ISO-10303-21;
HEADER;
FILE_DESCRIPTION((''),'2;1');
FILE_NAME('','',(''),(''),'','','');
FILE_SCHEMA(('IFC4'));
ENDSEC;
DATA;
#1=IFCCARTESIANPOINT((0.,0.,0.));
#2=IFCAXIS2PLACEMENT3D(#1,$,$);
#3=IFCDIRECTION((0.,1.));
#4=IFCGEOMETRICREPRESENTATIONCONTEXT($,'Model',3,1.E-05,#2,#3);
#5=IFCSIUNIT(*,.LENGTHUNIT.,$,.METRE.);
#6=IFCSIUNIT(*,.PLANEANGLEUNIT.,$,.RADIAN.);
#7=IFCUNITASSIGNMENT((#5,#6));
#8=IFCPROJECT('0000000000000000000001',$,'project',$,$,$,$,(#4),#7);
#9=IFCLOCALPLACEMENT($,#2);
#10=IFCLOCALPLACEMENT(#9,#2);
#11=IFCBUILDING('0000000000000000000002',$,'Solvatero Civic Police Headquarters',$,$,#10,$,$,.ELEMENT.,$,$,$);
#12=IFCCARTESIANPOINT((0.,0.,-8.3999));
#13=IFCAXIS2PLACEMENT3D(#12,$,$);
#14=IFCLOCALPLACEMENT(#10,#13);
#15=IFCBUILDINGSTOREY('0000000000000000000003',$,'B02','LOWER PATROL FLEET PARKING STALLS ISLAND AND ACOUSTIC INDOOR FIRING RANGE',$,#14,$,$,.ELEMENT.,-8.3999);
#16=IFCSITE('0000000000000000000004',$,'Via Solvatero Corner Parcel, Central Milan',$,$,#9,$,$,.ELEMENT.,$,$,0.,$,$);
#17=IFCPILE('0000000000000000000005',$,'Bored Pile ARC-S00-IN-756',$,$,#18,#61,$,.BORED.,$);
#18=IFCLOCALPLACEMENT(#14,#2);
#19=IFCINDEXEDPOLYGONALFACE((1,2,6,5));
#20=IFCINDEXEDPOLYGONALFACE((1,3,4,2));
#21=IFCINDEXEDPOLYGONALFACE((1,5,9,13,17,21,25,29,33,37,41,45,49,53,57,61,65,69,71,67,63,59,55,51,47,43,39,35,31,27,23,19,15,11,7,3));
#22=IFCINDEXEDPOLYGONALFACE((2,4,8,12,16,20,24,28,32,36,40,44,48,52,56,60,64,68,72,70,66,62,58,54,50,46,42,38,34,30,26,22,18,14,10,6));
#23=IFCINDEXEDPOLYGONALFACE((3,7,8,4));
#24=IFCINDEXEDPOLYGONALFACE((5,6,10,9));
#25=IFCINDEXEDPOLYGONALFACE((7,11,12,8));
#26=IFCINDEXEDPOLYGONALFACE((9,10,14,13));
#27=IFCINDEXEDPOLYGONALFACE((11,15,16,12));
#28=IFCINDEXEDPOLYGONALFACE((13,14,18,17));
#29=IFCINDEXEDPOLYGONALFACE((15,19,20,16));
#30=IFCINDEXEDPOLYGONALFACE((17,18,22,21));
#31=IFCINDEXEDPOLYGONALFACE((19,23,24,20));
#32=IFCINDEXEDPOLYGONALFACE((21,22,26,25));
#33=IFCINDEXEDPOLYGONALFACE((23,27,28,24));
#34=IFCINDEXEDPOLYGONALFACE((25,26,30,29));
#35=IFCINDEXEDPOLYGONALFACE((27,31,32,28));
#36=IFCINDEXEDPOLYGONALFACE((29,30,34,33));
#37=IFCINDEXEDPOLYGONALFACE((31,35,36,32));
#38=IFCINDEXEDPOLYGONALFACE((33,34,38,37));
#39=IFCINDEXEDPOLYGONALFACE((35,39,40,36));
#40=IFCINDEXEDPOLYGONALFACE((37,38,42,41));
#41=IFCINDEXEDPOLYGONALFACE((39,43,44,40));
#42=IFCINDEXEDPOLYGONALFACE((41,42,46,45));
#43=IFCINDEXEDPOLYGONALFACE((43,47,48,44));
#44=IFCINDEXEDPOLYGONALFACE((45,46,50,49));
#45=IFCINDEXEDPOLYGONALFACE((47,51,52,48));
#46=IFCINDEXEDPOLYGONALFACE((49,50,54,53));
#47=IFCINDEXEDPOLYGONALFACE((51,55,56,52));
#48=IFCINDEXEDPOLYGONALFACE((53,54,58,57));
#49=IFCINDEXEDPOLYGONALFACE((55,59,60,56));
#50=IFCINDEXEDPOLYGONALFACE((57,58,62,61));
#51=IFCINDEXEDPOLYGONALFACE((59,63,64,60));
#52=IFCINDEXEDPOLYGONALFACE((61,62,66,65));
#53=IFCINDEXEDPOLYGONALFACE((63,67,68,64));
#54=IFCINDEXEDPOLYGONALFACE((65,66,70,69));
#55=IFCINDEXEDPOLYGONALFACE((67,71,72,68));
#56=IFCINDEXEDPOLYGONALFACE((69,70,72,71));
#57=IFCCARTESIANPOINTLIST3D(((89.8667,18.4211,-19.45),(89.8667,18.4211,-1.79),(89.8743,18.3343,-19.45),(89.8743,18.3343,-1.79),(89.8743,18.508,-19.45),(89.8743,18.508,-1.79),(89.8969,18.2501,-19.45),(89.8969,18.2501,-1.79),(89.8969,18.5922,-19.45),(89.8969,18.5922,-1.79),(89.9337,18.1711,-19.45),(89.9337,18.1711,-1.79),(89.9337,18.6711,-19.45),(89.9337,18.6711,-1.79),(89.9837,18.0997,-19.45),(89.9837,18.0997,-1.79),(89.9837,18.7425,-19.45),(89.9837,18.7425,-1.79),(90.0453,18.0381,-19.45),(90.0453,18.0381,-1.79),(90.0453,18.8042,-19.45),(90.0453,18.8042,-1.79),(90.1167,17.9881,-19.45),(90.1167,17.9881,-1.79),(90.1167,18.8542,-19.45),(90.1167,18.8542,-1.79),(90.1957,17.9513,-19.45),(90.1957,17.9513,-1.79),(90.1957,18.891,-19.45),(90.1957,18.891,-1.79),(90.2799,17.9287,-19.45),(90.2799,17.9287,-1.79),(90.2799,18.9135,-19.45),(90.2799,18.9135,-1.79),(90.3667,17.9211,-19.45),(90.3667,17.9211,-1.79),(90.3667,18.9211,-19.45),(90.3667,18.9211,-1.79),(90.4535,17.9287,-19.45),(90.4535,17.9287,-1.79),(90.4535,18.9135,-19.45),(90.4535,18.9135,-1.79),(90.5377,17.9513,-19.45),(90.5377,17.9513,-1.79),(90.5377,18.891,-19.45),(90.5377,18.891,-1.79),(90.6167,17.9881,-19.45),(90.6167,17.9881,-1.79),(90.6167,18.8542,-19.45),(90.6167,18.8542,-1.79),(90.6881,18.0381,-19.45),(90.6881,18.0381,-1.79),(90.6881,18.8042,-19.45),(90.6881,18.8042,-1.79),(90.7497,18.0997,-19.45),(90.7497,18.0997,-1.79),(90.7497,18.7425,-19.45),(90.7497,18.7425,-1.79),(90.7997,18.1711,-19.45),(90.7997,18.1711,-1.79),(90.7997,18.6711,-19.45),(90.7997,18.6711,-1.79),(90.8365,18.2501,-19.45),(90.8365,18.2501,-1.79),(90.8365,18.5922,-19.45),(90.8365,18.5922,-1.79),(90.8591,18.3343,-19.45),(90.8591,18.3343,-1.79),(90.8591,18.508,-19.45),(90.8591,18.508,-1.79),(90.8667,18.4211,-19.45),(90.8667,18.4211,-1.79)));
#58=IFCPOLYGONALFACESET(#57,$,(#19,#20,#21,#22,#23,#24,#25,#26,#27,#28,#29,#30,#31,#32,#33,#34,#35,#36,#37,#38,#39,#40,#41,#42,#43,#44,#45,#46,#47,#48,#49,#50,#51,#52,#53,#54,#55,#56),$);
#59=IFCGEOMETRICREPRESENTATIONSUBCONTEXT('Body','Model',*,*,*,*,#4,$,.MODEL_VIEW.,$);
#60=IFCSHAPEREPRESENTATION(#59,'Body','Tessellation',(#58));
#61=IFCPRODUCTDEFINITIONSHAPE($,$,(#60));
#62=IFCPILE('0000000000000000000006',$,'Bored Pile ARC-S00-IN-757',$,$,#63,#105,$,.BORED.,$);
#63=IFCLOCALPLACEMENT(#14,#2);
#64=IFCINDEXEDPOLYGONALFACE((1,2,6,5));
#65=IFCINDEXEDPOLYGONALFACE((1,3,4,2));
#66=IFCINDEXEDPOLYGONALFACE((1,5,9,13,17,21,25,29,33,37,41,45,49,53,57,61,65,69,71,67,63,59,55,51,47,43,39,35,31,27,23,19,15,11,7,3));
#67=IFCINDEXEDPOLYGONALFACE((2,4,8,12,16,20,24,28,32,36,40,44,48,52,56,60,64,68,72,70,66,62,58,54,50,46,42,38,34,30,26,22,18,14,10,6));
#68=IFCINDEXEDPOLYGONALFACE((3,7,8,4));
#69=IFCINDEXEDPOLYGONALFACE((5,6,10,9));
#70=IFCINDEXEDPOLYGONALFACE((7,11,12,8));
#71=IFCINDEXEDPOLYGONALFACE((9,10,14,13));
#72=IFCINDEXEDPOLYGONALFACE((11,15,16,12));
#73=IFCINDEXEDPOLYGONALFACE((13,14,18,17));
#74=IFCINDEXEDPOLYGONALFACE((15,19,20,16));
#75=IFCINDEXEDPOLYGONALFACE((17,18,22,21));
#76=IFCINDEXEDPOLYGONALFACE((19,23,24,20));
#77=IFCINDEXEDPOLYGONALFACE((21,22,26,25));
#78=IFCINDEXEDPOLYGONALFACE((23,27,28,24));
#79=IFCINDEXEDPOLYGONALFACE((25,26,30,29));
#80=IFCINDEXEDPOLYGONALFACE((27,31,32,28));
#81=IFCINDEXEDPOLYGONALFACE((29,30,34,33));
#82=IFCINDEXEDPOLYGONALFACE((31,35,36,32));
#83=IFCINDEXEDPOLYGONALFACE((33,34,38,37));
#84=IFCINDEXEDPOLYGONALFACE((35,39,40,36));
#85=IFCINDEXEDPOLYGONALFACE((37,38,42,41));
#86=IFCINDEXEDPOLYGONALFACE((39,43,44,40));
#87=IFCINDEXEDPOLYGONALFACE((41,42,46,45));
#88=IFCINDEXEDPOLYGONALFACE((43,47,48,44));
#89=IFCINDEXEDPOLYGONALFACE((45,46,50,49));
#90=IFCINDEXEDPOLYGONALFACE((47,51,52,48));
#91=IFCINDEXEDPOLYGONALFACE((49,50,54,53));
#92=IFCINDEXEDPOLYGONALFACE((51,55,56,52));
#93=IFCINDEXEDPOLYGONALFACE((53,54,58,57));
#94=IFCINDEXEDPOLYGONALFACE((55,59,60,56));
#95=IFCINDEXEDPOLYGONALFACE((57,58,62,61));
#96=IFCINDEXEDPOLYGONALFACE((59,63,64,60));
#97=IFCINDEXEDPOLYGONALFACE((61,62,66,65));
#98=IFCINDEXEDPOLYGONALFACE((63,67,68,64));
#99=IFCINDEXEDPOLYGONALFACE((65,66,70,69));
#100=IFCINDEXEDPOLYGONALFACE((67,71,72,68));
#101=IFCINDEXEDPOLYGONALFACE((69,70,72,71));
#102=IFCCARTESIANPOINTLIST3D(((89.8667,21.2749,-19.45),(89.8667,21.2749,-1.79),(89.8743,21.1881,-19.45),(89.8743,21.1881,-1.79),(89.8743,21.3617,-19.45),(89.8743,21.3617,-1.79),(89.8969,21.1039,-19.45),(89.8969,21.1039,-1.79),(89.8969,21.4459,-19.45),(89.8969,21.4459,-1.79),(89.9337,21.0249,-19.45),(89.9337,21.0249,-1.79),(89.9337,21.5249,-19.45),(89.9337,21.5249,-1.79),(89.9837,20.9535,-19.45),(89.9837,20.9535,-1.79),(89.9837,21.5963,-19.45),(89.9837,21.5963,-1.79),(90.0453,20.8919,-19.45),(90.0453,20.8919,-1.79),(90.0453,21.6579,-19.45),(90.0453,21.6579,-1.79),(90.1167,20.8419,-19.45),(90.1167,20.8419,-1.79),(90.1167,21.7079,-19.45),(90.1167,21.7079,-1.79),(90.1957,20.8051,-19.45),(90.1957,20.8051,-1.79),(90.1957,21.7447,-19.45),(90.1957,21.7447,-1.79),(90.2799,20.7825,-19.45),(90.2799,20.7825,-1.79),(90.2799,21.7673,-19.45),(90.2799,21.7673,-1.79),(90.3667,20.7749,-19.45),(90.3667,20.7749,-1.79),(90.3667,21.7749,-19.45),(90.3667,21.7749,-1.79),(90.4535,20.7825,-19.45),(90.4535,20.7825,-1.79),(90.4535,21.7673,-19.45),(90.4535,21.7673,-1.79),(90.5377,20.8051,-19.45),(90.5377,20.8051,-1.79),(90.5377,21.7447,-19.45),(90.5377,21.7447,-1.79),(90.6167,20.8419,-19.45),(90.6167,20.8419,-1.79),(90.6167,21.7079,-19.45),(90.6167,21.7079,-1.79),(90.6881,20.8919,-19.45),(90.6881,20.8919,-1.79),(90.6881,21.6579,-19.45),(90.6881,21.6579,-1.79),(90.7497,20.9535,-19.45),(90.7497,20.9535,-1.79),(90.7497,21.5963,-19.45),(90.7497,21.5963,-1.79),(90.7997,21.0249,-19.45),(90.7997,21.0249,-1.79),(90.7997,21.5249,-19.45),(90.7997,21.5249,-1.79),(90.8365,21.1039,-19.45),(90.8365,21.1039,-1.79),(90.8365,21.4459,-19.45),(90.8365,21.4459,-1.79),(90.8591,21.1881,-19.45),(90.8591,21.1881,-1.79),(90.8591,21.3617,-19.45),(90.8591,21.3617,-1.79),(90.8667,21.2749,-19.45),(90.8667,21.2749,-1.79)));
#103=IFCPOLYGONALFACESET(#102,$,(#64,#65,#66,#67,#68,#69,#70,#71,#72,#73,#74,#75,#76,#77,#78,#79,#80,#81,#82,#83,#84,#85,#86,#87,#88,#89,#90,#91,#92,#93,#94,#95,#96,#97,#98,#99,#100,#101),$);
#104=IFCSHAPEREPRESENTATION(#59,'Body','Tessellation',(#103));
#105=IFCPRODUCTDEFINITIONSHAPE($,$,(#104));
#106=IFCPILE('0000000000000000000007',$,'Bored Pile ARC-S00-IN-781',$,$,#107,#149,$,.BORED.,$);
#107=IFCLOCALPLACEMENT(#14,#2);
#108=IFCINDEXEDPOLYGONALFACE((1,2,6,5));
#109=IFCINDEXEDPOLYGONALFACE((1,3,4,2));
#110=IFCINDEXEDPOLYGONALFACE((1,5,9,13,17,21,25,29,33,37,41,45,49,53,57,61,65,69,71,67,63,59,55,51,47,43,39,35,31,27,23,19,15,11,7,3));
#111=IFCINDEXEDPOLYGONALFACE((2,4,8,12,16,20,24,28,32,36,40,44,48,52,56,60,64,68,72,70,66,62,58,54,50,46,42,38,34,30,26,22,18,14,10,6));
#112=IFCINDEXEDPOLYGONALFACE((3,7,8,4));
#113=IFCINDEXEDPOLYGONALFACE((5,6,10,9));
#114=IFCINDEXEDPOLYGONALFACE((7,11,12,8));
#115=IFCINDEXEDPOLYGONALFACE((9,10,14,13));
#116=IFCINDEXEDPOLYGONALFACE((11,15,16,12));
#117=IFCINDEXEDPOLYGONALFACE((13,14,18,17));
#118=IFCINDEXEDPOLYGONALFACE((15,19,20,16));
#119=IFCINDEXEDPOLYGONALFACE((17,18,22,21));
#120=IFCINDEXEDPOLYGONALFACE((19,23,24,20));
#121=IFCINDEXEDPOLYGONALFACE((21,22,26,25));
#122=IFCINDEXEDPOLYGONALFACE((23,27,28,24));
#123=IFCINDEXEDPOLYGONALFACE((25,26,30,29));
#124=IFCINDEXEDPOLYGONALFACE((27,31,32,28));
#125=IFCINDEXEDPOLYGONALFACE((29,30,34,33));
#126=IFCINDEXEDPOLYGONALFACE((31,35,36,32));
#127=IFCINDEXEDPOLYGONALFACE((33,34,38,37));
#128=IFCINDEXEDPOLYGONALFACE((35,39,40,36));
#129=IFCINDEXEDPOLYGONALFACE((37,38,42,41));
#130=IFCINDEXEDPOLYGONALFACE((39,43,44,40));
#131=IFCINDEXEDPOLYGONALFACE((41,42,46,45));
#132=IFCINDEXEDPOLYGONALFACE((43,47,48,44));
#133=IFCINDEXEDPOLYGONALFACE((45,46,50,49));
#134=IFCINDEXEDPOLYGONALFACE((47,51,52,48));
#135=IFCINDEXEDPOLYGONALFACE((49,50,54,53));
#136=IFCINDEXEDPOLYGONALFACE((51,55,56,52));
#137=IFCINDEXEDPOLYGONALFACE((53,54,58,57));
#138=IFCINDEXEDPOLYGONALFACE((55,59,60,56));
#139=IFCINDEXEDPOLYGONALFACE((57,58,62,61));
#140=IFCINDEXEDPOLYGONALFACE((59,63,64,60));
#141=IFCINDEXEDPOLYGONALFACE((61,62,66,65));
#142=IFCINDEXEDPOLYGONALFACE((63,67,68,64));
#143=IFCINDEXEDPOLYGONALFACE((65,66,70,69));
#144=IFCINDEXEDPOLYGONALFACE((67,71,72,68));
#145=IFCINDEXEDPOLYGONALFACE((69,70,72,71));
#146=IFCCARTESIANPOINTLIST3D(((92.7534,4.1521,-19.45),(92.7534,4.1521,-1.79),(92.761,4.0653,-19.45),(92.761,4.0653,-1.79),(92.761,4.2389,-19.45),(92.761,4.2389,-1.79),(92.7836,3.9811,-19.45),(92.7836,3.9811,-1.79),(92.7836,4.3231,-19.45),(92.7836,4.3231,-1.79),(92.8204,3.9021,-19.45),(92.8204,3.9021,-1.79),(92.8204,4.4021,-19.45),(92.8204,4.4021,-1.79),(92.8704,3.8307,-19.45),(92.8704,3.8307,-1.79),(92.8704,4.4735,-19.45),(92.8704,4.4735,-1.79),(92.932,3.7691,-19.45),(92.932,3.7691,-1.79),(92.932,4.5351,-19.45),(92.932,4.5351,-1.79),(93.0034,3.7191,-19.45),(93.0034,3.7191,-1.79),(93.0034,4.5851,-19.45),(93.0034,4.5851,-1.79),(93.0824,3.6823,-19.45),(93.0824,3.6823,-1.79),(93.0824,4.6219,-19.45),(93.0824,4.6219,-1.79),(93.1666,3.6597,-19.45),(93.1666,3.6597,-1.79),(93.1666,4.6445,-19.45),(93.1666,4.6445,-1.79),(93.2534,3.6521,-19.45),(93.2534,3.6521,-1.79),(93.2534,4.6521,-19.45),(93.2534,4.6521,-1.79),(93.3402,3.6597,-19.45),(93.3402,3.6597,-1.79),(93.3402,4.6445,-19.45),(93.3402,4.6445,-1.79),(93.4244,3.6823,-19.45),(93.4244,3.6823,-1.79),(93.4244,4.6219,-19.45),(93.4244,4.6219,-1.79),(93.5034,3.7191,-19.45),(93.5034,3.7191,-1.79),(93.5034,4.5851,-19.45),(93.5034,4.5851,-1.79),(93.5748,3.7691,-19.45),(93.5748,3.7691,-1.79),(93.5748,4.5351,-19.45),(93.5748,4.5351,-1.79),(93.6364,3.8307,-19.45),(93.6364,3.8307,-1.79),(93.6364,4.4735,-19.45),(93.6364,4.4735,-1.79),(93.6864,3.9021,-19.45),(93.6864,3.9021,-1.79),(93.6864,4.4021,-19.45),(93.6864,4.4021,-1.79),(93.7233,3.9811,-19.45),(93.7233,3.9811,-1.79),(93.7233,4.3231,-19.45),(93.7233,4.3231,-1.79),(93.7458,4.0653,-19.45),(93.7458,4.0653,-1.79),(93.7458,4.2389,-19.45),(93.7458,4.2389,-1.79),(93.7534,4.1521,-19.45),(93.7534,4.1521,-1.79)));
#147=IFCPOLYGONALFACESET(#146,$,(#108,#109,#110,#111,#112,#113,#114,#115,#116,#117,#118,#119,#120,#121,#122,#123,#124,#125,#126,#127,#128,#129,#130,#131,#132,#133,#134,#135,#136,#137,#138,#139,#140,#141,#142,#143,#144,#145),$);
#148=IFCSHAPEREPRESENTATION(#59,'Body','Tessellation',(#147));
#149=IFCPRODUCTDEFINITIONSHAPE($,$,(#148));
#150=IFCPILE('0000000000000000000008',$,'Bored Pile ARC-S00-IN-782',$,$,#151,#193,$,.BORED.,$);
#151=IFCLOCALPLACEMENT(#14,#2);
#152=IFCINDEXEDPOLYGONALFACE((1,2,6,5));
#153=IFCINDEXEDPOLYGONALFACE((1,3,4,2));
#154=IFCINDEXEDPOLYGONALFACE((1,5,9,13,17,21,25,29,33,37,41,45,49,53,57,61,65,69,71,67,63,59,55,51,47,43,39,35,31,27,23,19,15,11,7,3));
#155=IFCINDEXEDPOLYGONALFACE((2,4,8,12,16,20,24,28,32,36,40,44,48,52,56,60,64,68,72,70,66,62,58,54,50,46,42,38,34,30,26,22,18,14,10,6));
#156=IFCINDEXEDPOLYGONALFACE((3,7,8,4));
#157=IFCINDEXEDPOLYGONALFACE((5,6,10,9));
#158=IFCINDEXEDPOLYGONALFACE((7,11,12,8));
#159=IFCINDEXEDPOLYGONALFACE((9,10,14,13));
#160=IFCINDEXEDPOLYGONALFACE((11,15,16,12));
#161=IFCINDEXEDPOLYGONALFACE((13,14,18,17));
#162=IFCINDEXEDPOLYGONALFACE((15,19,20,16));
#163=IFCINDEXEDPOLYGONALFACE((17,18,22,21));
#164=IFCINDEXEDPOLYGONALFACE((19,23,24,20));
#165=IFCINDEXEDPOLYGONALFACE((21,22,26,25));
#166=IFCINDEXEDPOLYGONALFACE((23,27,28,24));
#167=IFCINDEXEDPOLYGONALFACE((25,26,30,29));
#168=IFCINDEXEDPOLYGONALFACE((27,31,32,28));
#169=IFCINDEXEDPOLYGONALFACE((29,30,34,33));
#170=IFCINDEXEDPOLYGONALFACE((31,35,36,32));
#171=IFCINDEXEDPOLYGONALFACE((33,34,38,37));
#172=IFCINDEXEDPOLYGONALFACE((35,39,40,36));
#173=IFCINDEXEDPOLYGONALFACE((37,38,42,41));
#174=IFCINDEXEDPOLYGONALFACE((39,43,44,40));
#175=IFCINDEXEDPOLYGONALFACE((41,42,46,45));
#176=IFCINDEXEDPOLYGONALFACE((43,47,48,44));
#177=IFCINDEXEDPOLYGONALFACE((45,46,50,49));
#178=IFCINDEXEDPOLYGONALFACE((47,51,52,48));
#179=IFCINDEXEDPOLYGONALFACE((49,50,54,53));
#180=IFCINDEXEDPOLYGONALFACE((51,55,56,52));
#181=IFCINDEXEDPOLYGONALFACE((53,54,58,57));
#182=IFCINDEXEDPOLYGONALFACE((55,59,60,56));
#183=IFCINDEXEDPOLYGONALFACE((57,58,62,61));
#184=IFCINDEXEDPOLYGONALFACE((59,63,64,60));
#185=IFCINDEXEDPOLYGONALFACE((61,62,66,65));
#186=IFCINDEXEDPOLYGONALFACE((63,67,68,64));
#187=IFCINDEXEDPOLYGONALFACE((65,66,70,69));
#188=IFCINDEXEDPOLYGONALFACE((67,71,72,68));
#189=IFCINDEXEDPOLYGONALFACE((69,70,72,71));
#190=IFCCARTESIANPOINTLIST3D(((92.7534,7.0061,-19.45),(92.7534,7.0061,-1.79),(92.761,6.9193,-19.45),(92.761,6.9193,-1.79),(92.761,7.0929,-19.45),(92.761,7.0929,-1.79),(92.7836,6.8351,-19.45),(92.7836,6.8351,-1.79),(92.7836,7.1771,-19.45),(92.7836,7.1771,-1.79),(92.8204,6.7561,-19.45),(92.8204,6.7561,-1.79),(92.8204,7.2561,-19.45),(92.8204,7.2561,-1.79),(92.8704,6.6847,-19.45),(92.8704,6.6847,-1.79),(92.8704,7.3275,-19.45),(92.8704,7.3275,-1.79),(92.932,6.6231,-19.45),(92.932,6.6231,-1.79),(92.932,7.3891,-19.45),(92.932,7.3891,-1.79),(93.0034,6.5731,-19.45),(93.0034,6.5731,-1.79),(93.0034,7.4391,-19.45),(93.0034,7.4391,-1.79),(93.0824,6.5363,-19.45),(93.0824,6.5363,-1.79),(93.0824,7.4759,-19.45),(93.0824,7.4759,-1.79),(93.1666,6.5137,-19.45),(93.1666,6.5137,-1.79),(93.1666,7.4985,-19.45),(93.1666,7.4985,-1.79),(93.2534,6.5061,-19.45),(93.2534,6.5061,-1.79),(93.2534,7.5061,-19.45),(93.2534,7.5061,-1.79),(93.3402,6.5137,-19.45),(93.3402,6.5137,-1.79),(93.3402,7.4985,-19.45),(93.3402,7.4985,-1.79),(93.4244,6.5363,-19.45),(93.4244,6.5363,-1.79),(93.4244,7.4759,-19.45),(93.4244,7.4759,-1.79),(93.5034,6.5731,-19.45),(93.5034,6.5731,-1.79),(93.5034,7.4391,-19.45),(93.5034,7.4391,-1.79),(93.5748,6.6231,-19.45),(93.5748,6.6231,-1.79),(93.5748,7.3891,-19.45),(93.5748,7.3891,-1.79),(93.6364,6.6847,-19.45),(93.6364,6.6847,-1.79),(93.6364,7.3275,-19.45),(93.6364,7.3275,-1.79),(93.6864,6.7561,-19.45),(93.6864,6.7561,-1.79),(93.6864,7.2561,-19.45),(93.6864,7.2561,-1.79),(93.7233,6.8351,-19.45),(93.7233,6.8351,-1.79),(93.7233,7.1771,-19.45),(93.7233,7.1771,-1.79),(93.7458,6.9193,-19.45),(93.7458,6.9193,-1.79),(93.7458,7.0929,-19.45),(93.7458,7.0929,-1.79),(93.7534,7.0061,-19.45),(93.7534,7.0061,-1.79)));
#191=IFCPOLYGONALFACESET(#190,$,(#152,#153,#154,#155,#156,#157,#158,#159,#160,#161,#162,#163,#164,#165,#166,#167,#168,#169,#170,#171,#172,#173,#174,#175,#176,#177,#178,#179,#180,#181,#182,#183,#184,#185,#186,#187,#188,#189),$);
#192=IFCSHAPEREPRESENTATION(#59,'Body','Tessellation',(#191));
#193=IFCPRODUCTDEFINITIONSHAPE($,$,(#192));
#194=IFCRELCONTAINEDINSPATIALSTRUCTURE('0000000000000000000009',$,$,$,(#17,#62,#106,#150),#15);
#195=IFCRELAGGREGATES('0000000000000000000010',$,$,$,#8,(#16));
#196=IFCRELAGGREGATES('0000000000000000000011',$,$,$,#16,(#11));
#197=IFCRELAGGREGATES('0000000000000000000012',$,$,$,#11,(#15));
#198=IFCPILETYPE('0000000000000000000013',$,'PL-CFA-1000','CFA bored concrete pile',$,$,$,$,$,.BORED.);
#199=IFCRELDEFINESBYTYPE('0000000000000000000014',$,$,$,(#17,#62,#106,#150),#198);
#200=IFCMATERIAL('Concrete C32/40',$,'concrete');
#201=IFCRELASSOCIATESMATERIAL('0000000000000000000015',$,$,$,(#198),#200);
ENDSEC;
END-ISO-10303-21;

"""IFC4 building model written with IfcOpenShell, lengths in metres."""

from ifc_helpers import new_model, si_unit, direction, frame, origin, origin_2d, place, context, subcontext, project, spatial, circle, extrude, material, material_profile, profile_set, type_object, element, save


model = new_model("IFC4")

# Units and contexts
model_context = context("Model", 3, precision=1e-05, world=origin(), true_north=direction((0.0, 1.0)))
body_context = subcontext(model_context, "Body", "Model", "MODEL_VIEW")
ifc_project = project(units=[si_unit("LENGTHUNIT", "METRE"), si_unit("PLANEANGLEUNIT", "RADIAN")], contexts=[model_context])

# Site, building, storey
site_placement = place(None, origin())
site = spatial("IfcSite", under=ifc_project, at=site_placement, Name="Via Solvatero Corner Parcel, Central Milan", CompositionType="ELEMENT", RefElevation=0.0)
building_placement = place(site_placement, origin())
building = spatial("IfcBuilding", under=site, at=building_placement, Name="Solvatero Civic Police Headquarters", CompositionType="ELEMENT")
storey_placement = place(building_placement, frame((0.0, 0.0, -8.3999)))
storey = spatial("IfcBuildingStorey", under=building, at=storey_placement, Name="B02", Description="LOWER PATROL FLEET PARKING STALLS ISLAND AND ACOUSTIC INDOOR FIRING RANGE", CompositionType="ELEMENT", Elevation=-8.3999)

# Piles
ifc_material_1 = material(Name="Concrete C32/40", Category="concrete")
ifc_material_profile_1 = material_profile(ifc_material_1, circle(Radius=0.5, at=origin_2d()), Name="CFA PILE D1000")
ifc_profile_set_1 = profile_set([ifc_material_profile_1], Name="Concrete C32/40")
pile_type = type_object("IfcPileType", Name="PL-CFA-1000", Description="CFA bored concrete pile", PredefinedType="BORED", material=ifc_profile_set_1)
for number, where, z_axis, x_axis, name in (
    (1, (90.3667, 18.4211, -1.79), (0.0, 0.0, -1.0), (1.0, 0.0, 0.0), "Bored Pile ARC-S00-IN-756"),
    (2, (90.3667, 21.2749, -1.79), (0.0, 0.0, -1.0), (1.0, 0.0, 0.0), "Bored Pile ARC-S00-IN-757"),
    (3, (93.2534, 4.1521, -1.79), (0.0, 0.0, -1.0), (1.0, 0.0, 0.0), "Bored Pile ARC-S00-IN-781"),
    (4, (93.2534, 7.0061, -1.79), (0.0, 0.0, -1.0), (1.0, 0.0, 0.0), "Bored Pile ARC-S00-IN-782"),
):
    element("IfcPile", number, at=place(storey_placement, frame(where, z_axis=z_axis, x_axis=x_axis)), inside=storey, type_object=pile_type, Name=name, PredefinedType="BORED", context=body_context, shape_type="SweptSolid", body=[
        extrude(circle(Radius=0.5, at=origin_2d()), origin(), (0.0, 0.0, 1.0), 17.6599),
    ])

save(model, "model.ifc")
